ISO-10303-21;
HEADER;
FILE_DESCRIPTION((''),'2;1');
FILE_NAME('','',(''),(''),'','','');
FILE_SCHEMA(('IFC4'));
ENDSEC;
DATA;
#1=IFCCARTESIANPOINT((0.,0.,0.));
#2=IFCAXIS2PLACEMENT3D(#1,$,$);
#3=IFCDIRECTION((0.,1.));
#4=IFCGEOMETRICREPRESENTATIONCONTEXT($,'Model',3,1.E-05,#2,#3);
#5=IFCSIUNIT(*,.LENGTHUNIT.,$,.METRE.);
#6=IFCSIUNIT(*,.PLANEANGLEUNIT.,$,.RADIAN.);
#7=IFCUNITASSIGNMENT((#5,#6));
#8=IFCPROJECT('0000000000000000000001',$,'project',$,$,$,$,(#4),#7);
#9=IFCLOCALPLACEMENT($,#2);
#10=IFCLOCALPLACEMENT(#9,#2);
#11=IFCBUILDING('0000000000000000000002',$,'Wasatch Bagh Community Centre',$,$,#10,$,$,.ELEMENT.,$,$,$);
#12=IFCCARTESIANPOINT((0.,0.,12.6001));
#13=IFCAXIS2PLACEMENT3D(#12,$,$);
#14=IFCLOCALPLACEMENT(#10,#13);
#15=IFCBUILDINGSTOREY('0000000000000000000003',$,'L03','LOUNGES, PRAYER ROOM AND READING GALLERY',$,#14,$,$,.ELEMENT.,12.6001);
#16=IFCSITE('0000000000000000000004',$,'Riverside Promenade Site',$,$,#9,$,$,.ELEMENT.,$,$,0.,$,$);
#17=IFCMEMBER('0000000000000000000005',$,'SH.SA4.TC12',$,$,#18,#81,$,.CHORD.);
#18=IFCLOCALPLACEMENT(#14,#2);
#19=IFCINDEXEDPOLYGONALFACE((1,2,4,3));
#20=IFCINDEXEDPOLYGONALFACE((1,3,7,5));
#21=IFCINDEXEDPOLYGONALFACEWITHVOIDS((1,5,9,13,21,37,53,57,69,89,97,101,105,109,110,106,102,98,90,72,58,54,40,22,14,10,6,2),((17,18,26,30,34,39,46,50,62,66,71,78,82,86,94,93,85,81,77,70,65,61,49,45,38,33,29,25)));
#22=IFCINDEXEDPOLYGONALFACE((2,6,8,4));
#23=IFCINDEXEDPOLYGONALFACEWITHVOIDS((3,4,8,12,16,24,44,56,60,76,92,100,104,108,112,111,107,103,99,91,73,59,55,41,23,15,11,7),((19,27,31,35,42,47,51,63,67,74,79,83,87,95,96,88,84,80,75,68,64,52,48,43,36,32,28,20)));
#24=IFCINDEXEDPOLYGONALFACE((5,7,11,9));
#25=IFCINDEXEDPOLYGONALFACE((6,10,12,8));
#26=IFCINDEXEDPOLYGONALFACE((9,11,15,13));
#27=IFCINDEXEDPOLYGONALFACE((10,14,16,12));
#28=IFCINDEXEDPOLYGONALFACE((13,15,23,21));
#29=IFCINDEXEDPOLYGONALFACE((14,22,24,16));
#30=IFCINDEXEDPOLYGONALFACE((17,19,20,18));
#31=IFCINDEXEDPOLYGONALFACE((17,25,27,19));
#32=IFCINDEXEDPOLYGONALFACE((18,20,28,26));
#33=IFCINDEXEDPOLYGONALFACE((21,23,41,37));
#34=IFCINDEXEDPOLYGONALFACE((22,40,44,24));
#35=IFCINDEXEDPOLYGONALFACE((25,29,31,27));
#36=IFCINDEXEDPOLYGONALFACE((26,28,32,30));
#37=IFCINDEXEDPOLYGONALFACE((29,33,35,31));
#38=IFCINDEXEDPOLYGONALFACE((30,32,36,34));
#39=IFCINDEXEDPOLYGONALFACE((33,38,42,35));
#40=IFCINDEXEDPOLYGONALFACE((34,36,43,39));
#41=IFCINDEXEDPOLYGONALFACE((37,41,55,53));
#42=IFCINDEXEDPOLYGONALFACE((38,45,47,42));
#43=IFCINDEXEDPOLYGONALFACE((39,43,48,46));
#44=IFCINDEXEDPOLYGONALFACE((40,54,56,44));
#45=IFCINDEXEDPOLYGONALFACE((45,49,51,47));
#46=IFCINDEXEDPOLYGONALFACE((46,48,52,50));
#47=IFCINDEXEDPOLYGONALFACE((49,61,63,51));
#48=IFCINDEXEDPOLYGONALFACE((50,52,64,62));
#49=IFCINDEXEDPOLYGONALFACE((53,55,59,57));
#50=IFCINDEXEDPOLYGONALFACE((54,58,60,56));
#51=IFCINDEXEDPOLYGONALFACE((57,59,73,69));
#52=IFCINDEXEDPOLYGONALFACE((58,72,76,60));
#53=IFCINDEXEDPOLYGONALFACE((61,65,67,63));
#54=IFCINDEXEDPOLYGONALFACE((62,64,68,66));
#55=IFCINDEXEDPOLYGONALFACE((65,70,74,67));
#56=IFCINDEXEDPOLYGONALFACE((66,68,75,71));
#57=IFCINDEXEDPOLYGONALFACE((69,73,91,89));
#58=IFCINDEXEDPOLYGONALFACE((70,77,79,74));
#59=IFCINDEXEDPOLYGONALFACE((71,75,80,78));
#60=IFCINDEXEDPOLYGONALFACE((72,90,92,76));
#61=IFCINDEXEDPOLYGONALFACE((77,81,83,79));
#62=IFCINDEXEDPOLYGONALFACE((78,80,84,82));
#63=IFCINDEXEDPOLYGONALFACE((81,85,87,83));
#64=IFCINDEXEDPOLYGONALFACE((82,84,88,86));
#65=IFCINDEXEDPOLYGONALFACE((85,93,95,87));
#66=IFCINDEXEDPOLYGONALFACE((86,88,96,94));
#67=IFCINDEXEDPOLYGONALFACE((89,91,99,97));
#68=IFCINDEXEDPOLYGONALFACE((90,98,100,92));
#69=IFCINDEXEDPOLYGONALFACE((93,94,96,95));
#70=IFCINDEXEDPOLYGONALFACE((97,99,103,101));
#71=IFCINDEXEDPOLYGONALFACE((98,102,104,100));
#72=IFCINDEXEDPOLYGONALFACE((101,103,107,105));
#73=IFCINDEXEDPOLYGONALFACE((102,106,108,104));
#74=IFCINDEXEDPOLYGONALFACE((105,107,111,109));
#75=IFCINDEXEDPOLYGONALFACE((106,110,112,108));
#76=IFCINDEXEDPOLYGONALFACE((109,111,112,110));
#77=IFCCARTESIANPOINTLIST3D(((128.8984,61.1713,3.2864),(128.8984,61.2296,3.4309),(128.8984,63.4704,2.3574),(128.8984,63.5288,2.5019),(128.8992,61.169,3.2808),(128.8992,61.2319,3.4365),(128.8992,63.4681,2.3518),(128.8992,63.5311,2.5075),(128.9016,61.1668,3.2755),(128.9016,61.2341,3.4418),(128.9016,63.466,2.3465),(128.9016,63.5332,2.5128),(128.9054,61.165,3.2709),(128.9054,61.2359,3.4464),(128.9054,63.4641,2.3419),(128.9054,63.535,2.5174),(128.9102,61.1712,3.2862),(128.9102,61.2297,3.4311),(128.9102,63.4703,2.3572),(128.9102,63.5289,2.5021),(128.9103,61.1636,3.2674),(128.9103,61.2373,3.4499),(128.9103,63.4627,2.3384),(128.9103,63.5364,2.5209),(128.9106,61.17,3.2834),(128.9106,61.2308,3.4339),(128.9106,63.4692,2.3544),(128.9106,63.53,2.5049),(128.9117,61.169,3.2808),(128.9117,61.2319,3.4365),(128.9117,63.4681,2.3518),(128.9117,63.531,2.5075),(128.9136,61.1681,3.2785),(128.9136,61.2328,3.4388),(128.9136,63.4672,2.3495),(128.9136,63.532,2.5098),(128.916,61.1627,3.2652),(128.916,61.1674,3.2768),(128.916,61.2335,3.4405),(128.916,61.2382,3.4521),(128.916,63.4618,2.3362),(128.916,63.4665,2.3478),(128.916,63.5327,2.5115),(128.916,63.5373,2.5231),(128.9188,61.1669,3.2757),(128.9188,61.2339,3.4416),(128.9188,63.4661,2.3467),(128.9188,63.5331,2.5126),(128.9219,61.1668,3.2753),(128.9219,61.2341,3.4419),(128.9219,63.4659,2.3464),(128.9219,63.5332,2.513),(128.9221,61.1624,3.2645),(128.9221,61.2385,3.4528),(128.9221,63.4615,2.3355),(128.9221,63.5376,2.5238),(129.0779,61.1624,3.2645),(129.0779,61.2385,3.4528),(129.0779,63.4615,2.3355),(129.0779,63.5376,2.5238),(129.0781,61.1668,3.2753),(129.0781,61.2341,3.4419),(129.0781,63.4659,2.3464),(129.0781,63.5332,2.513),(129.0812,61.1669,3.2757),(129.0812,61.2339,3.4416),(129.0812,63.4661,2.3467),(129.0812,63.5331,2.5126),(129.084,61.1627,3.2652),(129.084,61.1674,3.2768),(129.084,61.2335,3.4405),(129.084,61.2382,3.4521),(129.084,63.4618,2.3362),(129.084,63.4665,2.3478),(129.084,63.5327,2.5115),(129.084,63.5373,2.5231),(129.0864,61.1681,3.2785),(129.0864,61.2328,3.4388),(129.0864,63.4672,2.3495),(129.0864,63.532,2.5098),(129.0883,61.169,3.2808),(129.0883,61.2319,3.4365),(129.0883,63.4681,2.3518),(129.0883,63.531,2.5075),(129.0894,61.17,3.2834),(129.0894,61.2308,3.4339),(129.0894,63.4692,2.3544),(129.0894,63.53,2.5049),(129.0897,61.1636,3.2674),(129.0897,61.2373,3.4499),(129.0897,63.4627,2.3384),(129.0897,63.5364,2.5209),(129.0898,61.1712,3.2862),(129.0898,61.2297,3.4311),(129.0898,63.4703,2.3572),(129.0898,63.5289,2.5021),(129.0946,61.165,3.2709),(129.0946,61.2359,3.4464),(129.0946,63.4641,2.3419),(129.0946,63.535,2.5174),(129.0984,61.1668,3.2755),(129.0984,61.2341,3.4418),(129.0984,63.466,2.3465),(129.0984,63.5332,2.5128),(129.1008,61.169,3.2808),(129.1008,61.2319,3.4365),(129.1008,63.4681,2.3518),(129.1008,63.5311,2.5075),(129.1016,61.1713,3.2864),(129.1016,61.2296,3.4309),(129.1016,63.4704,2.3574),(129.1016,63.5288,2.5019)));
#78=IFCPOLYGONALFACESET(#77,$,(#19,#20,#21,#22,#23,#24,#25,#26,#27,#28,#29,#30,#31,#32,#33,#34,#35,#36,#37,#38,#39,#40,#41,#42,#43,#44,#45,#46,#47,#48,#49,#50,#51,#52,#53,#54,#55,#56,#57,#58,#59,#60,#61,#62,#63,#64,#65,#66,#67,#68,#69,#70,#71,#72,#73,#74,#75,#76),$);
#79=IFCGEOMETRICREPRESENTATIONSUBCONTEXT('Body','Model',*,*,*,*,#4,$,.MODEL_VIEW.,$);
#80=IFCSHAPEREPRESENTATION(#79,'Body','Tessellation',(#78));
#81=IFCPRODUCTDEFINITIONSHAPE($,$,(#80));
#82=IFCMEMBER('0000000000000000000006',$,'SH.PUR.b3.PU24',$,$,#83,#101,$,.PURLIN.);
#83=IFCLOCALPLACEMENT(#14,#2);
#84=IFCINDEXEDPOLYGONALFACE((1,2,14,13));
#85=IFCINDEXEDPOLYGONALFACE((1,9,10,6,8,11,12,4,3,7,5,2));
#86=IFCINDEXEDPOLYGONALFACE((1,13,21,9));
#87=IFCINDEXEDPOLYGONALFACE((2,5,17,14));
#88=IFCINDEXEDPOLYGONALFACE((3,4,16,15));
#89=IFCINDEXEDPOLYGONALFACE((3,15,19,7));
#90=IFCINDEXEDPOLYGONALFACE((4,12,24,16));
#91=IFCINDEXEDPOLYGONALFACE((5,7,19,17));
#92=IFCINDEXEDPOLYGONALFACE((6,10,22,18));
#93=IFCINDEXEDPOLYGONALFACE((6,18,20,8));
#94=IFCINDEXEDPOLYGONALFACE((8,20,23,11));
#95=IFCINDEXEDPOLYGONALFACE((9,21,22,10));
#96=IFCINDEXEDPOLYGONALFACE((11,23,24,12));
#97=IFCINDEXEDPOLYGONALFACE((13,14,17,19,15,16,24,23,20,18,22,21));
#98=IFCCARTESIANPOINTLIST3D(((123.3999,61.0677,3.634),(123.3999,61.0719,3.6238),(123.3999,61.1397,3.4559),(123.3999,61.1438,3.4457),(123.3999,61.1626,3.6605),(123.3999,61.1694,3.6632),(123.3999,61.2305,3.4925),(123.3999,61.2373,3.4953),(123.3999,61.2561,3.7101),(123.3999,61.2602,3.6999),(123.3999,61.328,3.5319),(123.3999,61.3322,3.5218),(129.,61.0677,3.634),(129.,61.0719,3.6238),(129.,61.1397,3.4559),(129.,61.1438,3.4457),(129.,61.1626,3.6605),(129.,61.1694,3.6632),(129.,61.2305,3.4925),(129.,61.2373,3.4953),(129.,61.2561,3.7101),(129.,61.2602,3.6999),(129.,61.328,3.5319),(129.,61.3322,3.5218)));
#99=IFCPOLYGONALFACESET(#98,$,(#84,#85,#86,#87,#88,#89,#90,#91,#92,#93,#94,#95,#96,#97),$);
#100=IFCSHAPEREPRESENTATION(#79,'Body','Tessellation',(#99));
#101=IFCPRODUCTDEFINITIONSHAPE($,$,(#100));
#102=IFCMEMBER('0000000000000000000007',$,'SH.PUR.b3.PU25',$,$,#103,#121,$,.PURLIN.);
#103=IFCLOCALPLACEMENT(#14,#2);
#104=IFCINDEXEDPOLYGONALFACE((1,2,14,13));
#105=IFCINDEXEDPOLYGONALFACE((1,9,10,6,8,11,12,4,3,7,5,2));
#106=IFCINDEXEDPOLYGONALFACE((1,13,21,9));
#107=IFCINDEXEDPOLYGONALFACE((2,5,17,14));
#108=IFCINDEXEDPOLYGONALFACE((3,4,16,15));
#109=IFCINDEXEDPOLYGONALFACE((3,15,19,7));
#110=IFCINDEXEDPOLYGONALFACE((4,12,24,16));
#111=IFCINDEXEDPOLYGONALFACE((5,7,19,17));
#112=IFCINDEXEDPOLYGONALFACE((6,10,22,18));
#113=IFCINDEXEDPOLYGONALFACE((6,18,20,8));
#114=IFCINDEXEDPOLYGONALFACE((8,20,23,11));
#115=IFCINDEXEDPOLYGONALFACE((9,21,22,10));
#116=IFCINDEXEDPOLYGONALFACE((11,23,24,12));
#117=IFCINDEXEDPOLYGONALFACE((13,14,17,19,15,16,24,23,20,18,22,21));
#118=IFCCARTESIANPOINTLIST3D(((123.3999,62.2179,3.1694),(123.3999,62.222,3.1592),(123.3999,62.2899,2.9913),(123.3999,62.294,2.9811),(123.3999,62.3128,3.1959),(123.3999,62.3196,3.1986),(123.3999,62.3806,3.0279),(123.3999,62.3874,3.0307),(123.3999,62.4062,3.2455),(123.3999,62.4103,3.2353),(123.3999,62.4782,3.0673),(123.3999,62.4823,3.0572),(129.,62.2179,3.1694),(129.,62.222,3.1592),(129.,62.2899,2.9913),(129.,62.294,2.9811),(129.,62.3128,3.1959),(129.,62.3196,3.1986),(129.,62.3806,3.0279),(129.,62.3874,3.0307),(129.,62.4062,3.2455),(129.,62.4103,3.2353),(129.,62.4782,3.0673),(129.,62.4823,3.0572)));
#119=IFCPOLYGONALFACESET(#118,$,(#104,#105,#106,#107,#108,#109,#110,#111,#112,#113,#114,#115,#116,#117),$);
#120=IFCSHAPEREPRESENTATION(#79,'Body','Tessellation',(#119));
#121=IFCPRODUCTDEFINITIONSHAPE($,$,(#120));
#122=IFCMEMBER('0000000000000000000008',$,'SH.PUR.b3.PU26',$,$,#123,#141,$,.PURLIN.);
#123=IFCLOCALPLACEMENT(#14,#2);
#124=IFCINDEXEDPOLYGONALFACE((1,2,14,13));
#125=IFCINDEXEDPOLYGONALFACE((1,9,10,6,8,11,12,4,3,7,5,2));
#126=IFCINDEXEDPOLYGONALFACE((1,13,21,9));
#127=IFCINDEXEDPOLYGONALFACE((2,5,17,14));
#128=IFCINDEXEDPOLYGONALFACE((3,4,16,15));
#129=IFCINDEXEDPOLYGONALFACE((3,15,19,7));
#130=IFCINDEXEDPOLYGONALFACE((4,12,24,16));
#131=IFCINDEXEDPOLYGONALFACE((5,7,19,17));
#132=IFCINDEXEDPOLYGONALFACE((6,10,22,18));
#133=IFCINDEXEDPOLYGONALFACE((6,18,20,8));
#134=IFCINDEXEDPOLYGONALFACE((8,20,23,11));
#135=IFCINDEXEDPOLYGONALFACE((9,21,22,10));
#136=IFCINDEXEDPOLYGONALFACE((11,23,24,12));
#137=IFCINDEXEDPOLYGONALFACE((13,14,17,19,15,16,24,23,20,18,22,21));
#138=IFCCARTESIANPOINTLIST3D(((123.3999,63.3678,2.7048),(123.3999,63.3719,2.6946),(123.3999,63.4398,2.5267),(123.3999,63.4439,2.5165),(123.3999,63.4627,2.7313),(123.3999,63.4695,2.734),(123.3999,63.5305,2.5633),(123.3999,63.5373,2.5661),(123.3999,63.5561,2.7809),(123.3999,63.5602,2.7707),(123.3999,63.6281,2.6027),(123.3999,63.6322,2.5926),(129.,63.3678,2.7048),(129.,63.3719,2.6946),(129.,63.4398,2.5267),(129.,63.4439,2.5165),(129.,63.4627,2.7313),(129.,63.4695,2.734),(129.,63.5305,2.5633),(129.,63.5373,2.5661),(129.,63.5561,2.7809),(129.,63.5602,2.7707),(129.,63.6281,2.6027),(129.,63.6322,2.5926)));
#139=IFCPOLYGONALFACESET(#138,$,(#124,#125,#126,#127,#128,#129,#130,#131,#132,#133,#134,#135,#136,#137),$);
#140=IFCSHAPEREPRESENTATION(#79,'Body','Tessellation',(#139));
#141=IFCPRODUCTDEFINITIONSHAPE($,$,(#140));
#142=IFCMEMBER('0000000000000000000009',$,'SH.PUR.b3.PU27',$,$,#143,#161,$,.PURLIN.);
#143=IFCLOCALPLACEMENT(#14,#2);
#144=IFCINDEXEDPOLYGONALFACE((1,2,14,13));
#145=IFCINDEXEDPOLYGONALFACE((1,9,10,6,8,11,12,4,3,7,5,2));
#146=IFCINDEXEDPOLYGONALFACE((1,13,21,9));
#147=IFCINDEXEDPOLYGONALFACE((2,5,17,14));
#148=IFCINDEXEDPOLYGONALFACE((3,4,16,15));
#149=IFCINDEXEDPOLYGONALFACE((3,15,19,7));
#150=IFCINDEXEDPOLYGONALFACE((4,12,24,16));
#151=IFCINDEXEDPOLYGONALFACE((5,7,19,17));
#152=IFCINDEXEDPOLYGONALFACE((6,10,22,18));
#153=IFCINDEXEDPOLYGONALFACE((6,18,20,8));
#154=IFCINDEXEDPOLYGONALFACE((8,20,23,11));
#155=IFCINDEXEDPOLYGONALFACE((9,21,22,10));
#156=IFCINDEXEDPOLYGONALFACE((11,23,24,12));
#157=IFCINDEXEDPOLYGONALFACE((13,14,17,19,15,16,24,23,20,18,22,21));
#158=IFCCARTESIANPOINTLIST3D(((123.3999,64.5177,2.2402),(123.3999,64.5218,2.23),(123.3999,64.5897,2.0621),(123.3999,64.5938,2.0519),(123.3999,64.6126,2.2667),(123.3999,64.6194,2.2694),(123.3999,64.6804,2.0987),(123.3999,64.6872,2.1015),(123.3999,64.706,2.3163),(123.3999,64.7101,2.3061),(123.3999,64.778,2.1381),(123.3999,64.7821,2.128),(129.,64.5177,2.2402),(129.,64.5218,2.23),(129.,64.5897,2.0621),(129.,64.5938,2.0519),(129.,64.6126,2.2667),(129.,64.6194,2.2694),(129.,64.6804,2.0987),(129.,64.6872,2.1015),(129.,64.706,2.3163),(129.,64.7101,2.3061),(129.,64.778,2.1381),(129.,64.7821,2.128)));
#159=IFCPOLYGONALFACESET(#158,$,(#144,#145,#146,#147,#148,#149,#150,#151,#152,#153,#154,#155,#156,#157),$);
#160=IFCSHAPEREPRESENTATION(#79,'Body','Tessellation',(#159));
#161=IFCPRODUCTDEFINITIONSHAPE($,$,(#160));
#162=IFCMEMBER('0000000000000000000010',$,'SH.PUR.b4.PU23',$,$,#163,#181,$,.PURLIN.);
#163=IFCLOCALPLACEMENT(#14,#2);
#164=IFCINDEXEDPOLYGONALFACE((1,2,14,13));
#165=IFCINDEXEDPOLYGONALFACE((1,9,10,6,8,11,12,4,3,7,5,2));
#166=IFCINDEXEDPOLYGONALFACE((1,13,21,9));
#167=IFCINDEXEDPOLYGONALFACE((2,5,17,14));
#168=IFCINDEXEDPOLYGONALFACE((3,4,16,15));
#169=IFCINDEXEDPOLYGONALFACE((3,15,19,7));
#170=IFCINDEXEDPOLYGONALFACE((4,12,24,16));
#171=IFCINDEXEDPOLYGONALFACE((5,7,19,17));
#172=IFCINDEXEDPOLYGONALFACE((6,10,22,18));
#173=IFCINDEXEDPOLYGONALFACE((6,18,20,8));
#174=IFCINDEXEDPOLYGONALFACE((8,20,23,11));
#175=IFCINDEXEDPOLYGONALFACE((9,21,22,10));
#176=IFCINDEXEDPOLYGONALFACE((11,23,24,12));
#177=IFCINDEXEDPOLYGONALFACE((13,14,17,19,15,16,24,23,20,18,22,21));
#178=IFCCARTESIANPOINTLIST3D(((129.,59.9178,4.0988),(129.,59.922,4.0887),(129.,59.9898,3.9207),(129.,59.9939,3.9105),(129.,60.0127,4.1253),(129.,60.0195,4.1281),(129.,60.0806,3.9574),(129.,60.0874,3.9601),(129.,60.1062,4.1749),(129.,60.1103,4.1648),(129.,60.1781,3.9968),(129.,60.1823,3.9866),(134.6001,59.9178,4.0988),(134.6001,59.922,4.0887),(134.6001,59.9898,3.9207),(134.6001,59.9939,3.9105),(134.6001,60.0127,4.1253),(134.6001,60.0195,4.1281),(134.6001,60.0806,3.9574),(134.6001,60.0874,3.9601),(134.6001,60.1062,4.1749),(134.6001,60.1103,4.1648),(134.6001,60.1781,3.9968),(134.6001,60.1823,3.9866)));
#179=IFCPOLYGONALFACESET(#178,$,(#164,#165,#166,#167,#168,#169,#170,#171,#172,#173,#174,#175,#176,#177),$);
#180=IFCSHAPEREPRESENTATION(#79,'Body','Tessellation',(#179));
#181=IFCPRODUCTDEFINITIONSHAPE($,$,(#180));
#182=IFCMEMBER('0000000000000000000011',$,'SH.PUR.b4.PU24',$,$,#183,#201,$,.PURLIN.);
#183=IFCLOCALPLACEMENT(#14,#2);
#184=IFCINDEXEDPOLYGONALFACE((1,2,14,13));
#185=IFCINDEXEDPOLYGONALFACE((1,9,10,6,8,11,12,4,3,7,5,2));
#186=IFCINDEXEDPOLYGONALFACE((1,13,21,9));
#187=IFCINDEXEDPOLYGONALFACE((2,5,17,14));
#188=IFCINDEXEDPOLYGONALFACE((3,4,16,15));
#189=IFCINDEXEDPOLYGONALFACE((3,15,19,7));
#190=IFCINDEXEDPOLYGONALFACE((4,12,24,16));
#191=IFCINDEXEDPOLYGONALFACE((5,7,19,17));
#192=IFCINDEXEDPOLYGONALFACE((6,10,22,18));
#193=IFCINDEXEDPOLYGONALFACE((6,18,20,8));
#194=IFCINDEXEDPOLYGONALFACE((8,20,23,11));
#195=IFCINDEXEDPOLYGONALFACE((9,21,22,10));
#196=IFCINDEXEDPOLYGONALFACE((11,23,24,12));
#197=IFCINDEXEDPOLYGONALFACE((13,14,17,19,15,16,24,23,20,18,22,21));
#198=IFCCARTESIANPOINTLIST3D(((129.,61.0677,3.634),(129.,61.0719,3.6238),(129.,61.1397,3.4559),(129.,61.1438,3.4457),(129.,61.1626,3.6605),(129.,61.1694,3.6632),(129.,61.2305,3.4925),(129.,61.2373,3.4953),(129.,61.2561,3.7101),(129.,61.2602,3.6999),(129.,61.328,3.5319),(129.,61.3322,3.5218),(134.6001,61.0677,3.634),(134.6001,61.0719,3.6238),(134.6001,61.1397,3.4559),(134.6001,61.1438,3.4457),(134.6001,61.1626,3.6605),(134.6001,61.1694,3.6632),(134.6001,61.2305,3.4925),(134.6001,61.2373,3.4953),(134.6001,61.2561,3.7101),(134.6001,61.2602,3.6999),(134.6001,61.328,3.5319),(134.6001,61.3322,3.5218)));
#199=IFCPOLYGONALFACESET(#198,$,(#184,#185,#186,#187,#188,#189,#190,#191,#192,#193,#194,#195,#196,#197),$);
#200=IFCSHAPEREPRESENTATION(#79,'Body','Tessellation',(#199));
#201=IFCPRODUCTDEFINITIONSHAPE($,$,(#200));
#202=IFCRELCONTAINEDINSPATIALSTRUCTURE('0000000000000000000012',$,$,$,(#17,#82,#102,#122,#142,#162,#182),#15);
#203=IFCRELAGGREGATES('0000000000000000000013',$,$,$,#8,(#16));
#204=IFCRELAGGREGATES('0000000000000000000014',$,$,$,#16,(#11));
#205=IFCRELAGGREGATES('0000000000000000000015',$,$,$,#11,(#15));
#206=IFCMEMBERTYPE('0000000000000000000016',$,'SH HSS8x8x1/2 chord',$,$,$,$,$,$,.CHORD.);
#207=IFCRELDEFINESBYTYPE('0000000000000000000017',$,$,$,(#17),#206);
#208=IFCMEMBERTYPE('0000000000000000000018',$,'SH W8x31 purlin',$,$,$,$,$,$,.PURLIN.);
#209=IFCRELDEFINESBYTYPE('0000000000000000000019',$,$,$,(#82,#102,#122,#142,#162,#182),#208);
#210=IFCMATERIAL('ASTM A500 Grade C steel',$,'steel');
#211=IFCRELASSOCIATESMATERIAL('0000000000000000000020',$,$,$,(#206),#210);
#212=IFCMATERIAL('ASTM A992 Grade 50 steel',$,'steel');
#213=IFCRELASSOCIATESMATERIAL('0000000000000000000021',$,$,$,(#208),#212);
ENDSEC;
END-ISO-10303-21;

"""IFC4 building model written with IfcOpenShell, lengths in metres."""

from ifc_helpers import new_model, si_unit, direction, frame, origin, origin_2d, place, context, subcontext, project, spatial, hollow_rectangle, i_section, extrude, material, material_profile, profile_set, type_object, element, save


model = new_model("IFC4")

# Units and contexts
model_context = context("Model", 3, precision=1e-05, world=origin(), true_north=direction((0.0, 1.0)))
body_context = subcontext(model_context, "Body", "Model", "MODEL_VIEW")
ifc_project = project(units=[si_unit("LENGTHUNIT", "METRE"), si_unit("PLANEANGLEUNIT", "RADIAN")], contexts=[model_context])

# Site, building, storey
site_placement = place(None, origin())
site = spatial("IfcSite", under=ifc_project, at=site_placement, Name="Riverside Promenade Site", CompositionType="ELEMENT", RefElevation=0.0)
building_placement = place(site_placement, origin())
building = spatial("IfcBuilding", under=site, at=building_placement, Name="Wasatch Bagh Community Centre", CompositionType="ELEMENT")
storey_placement = place(building_placement, frame((0.0, 0.0, 12.6001)))
storey = spatial("IfcBuildingStorey", under=building, at=storey_placement, Name="L03", Description="LOUNGES, PRAYER ROOM AND READING GALLERY", CompositionType="ELEMENT", Elevation=12.6001)

# Members
ifc_material_1 = material(Name="ASTM A500 Grade C steel", Category="steel")
ifc_material_profile_1 = material_profile(ifc_material_1, hollow_rectangle(XDim=0.2031, YDim=0.2031, WallThickness=0.0117, InnerFilletRadius=0.0117, OuterFilletRadius=0.0237, at=origin_2d()), Name="HSS8x8x1/2")
ifc_profile_set_1 = profile_set([ifc_material_profile_1], Name="ASTM A500 Grade C steel")
member_type_1 = type_object("IfcMemberType", Name="SH HSS8x8x1/2 chord", PredefinedType="CHORD", material=ifc_profile_set_1)
member_1_placement = place(storey_placement, frame((129.0, 61.2004, 3.3586), z_axis=(0.0, 0.927174, -0.374631), x_axis=(-1.0, 0.0, 0.0)))
element("IfcMember", 1, at=member_1_placement, inside=storey, type_object=member_type_1, Name="SH.SA4.TC12", PredefinedType="CHORD", context=body_context, shape_type="SweptSolid", body=[
    extrude(hollow_rectangle(XDim=0.2031, YDim=0.2031, WallThickness=0.0117, InnerFilletRadius=0.0117, OuterFilletRadius=0.0237, at=origin_2d()), origin(), (0.0, 0.0, 1.0), 2.4797),
])
ifc_material_2 = material(Name="ASTM A992 Grade 50 steel", Category="steel")
ifc_material_profile_2 = material_profile(ifc_material_2, i_section(OverallWidth=0.2031, OverallDepth=0.2031, WebThickness=0.0073, FlangeThickness=0.011, at=origin_2d()), Name="W8x31")
ifc_profile_set_2 = profile_set([ifc_material_profile_2], Name="ASTM A992 Grade 50 steel")
member_type_2 = type_object("IfcMemberType", Name="SH W8x31 purlin", PredefinedType="PURLIN", material=ifc_profile_set_2)
for number, where, z_axis, x_axis, name in (
    (2, (123.3999, 61.2, 3.5779), (1.0, 0.0, 0.0), (0.0, 0.927184, 0.374607), "SH.PUR.b3.PU24"),
    (3, (123.3999, 62.3501, 3.1133), (1.0, 0.0, 0.0), (0.0, 0.927184, 0.374607), "SH.PUR.b3.PU25"),
    (4, (123.3999, 63.5, 2.6487), (1.0, 0.0, 0.0), (0.0, 0.927184, 0.374607), "SH.PUR.b3.PU26"),
    (5, (123.3999, 64.6499, 2.1841), (1.0, 0.0, 0.0), (0.0, 0.927184, 0.374607), "SH.PUR.b3.PU27"),
    (6, (129.0, 60.05, 4.0427), (1.0, 0.0, 0.0), (0.0, 0.927184, 0.374607), "SH.PUR.b4.PU23"),
    (7, (129.0, 61.2, 3.5779), (1.0, 0.0, 0.0), (0.0, 0.927184, 0.374607), "SH.PUR.b4.PU24"),
):
    element("IfcMember", number, at=place(storey_placement, frame(where, z_axis=z_axis, x_axis=x_axis)), inside=storey, type_object=member_type_2, Name=name, PredefinedType="PURLIN", context=body_context, shape_type="SweptSolid", body=[
        extrude(i_section(OverallWidth=0.2031, OverallDepth=0.2031, WebThickness=0.0073, FlangeThickness=0.011, at=origin_2d()), origin(), (0.0, 0.0, 1.0), 5.6001),
    ])

save(model, "model.ifc")
